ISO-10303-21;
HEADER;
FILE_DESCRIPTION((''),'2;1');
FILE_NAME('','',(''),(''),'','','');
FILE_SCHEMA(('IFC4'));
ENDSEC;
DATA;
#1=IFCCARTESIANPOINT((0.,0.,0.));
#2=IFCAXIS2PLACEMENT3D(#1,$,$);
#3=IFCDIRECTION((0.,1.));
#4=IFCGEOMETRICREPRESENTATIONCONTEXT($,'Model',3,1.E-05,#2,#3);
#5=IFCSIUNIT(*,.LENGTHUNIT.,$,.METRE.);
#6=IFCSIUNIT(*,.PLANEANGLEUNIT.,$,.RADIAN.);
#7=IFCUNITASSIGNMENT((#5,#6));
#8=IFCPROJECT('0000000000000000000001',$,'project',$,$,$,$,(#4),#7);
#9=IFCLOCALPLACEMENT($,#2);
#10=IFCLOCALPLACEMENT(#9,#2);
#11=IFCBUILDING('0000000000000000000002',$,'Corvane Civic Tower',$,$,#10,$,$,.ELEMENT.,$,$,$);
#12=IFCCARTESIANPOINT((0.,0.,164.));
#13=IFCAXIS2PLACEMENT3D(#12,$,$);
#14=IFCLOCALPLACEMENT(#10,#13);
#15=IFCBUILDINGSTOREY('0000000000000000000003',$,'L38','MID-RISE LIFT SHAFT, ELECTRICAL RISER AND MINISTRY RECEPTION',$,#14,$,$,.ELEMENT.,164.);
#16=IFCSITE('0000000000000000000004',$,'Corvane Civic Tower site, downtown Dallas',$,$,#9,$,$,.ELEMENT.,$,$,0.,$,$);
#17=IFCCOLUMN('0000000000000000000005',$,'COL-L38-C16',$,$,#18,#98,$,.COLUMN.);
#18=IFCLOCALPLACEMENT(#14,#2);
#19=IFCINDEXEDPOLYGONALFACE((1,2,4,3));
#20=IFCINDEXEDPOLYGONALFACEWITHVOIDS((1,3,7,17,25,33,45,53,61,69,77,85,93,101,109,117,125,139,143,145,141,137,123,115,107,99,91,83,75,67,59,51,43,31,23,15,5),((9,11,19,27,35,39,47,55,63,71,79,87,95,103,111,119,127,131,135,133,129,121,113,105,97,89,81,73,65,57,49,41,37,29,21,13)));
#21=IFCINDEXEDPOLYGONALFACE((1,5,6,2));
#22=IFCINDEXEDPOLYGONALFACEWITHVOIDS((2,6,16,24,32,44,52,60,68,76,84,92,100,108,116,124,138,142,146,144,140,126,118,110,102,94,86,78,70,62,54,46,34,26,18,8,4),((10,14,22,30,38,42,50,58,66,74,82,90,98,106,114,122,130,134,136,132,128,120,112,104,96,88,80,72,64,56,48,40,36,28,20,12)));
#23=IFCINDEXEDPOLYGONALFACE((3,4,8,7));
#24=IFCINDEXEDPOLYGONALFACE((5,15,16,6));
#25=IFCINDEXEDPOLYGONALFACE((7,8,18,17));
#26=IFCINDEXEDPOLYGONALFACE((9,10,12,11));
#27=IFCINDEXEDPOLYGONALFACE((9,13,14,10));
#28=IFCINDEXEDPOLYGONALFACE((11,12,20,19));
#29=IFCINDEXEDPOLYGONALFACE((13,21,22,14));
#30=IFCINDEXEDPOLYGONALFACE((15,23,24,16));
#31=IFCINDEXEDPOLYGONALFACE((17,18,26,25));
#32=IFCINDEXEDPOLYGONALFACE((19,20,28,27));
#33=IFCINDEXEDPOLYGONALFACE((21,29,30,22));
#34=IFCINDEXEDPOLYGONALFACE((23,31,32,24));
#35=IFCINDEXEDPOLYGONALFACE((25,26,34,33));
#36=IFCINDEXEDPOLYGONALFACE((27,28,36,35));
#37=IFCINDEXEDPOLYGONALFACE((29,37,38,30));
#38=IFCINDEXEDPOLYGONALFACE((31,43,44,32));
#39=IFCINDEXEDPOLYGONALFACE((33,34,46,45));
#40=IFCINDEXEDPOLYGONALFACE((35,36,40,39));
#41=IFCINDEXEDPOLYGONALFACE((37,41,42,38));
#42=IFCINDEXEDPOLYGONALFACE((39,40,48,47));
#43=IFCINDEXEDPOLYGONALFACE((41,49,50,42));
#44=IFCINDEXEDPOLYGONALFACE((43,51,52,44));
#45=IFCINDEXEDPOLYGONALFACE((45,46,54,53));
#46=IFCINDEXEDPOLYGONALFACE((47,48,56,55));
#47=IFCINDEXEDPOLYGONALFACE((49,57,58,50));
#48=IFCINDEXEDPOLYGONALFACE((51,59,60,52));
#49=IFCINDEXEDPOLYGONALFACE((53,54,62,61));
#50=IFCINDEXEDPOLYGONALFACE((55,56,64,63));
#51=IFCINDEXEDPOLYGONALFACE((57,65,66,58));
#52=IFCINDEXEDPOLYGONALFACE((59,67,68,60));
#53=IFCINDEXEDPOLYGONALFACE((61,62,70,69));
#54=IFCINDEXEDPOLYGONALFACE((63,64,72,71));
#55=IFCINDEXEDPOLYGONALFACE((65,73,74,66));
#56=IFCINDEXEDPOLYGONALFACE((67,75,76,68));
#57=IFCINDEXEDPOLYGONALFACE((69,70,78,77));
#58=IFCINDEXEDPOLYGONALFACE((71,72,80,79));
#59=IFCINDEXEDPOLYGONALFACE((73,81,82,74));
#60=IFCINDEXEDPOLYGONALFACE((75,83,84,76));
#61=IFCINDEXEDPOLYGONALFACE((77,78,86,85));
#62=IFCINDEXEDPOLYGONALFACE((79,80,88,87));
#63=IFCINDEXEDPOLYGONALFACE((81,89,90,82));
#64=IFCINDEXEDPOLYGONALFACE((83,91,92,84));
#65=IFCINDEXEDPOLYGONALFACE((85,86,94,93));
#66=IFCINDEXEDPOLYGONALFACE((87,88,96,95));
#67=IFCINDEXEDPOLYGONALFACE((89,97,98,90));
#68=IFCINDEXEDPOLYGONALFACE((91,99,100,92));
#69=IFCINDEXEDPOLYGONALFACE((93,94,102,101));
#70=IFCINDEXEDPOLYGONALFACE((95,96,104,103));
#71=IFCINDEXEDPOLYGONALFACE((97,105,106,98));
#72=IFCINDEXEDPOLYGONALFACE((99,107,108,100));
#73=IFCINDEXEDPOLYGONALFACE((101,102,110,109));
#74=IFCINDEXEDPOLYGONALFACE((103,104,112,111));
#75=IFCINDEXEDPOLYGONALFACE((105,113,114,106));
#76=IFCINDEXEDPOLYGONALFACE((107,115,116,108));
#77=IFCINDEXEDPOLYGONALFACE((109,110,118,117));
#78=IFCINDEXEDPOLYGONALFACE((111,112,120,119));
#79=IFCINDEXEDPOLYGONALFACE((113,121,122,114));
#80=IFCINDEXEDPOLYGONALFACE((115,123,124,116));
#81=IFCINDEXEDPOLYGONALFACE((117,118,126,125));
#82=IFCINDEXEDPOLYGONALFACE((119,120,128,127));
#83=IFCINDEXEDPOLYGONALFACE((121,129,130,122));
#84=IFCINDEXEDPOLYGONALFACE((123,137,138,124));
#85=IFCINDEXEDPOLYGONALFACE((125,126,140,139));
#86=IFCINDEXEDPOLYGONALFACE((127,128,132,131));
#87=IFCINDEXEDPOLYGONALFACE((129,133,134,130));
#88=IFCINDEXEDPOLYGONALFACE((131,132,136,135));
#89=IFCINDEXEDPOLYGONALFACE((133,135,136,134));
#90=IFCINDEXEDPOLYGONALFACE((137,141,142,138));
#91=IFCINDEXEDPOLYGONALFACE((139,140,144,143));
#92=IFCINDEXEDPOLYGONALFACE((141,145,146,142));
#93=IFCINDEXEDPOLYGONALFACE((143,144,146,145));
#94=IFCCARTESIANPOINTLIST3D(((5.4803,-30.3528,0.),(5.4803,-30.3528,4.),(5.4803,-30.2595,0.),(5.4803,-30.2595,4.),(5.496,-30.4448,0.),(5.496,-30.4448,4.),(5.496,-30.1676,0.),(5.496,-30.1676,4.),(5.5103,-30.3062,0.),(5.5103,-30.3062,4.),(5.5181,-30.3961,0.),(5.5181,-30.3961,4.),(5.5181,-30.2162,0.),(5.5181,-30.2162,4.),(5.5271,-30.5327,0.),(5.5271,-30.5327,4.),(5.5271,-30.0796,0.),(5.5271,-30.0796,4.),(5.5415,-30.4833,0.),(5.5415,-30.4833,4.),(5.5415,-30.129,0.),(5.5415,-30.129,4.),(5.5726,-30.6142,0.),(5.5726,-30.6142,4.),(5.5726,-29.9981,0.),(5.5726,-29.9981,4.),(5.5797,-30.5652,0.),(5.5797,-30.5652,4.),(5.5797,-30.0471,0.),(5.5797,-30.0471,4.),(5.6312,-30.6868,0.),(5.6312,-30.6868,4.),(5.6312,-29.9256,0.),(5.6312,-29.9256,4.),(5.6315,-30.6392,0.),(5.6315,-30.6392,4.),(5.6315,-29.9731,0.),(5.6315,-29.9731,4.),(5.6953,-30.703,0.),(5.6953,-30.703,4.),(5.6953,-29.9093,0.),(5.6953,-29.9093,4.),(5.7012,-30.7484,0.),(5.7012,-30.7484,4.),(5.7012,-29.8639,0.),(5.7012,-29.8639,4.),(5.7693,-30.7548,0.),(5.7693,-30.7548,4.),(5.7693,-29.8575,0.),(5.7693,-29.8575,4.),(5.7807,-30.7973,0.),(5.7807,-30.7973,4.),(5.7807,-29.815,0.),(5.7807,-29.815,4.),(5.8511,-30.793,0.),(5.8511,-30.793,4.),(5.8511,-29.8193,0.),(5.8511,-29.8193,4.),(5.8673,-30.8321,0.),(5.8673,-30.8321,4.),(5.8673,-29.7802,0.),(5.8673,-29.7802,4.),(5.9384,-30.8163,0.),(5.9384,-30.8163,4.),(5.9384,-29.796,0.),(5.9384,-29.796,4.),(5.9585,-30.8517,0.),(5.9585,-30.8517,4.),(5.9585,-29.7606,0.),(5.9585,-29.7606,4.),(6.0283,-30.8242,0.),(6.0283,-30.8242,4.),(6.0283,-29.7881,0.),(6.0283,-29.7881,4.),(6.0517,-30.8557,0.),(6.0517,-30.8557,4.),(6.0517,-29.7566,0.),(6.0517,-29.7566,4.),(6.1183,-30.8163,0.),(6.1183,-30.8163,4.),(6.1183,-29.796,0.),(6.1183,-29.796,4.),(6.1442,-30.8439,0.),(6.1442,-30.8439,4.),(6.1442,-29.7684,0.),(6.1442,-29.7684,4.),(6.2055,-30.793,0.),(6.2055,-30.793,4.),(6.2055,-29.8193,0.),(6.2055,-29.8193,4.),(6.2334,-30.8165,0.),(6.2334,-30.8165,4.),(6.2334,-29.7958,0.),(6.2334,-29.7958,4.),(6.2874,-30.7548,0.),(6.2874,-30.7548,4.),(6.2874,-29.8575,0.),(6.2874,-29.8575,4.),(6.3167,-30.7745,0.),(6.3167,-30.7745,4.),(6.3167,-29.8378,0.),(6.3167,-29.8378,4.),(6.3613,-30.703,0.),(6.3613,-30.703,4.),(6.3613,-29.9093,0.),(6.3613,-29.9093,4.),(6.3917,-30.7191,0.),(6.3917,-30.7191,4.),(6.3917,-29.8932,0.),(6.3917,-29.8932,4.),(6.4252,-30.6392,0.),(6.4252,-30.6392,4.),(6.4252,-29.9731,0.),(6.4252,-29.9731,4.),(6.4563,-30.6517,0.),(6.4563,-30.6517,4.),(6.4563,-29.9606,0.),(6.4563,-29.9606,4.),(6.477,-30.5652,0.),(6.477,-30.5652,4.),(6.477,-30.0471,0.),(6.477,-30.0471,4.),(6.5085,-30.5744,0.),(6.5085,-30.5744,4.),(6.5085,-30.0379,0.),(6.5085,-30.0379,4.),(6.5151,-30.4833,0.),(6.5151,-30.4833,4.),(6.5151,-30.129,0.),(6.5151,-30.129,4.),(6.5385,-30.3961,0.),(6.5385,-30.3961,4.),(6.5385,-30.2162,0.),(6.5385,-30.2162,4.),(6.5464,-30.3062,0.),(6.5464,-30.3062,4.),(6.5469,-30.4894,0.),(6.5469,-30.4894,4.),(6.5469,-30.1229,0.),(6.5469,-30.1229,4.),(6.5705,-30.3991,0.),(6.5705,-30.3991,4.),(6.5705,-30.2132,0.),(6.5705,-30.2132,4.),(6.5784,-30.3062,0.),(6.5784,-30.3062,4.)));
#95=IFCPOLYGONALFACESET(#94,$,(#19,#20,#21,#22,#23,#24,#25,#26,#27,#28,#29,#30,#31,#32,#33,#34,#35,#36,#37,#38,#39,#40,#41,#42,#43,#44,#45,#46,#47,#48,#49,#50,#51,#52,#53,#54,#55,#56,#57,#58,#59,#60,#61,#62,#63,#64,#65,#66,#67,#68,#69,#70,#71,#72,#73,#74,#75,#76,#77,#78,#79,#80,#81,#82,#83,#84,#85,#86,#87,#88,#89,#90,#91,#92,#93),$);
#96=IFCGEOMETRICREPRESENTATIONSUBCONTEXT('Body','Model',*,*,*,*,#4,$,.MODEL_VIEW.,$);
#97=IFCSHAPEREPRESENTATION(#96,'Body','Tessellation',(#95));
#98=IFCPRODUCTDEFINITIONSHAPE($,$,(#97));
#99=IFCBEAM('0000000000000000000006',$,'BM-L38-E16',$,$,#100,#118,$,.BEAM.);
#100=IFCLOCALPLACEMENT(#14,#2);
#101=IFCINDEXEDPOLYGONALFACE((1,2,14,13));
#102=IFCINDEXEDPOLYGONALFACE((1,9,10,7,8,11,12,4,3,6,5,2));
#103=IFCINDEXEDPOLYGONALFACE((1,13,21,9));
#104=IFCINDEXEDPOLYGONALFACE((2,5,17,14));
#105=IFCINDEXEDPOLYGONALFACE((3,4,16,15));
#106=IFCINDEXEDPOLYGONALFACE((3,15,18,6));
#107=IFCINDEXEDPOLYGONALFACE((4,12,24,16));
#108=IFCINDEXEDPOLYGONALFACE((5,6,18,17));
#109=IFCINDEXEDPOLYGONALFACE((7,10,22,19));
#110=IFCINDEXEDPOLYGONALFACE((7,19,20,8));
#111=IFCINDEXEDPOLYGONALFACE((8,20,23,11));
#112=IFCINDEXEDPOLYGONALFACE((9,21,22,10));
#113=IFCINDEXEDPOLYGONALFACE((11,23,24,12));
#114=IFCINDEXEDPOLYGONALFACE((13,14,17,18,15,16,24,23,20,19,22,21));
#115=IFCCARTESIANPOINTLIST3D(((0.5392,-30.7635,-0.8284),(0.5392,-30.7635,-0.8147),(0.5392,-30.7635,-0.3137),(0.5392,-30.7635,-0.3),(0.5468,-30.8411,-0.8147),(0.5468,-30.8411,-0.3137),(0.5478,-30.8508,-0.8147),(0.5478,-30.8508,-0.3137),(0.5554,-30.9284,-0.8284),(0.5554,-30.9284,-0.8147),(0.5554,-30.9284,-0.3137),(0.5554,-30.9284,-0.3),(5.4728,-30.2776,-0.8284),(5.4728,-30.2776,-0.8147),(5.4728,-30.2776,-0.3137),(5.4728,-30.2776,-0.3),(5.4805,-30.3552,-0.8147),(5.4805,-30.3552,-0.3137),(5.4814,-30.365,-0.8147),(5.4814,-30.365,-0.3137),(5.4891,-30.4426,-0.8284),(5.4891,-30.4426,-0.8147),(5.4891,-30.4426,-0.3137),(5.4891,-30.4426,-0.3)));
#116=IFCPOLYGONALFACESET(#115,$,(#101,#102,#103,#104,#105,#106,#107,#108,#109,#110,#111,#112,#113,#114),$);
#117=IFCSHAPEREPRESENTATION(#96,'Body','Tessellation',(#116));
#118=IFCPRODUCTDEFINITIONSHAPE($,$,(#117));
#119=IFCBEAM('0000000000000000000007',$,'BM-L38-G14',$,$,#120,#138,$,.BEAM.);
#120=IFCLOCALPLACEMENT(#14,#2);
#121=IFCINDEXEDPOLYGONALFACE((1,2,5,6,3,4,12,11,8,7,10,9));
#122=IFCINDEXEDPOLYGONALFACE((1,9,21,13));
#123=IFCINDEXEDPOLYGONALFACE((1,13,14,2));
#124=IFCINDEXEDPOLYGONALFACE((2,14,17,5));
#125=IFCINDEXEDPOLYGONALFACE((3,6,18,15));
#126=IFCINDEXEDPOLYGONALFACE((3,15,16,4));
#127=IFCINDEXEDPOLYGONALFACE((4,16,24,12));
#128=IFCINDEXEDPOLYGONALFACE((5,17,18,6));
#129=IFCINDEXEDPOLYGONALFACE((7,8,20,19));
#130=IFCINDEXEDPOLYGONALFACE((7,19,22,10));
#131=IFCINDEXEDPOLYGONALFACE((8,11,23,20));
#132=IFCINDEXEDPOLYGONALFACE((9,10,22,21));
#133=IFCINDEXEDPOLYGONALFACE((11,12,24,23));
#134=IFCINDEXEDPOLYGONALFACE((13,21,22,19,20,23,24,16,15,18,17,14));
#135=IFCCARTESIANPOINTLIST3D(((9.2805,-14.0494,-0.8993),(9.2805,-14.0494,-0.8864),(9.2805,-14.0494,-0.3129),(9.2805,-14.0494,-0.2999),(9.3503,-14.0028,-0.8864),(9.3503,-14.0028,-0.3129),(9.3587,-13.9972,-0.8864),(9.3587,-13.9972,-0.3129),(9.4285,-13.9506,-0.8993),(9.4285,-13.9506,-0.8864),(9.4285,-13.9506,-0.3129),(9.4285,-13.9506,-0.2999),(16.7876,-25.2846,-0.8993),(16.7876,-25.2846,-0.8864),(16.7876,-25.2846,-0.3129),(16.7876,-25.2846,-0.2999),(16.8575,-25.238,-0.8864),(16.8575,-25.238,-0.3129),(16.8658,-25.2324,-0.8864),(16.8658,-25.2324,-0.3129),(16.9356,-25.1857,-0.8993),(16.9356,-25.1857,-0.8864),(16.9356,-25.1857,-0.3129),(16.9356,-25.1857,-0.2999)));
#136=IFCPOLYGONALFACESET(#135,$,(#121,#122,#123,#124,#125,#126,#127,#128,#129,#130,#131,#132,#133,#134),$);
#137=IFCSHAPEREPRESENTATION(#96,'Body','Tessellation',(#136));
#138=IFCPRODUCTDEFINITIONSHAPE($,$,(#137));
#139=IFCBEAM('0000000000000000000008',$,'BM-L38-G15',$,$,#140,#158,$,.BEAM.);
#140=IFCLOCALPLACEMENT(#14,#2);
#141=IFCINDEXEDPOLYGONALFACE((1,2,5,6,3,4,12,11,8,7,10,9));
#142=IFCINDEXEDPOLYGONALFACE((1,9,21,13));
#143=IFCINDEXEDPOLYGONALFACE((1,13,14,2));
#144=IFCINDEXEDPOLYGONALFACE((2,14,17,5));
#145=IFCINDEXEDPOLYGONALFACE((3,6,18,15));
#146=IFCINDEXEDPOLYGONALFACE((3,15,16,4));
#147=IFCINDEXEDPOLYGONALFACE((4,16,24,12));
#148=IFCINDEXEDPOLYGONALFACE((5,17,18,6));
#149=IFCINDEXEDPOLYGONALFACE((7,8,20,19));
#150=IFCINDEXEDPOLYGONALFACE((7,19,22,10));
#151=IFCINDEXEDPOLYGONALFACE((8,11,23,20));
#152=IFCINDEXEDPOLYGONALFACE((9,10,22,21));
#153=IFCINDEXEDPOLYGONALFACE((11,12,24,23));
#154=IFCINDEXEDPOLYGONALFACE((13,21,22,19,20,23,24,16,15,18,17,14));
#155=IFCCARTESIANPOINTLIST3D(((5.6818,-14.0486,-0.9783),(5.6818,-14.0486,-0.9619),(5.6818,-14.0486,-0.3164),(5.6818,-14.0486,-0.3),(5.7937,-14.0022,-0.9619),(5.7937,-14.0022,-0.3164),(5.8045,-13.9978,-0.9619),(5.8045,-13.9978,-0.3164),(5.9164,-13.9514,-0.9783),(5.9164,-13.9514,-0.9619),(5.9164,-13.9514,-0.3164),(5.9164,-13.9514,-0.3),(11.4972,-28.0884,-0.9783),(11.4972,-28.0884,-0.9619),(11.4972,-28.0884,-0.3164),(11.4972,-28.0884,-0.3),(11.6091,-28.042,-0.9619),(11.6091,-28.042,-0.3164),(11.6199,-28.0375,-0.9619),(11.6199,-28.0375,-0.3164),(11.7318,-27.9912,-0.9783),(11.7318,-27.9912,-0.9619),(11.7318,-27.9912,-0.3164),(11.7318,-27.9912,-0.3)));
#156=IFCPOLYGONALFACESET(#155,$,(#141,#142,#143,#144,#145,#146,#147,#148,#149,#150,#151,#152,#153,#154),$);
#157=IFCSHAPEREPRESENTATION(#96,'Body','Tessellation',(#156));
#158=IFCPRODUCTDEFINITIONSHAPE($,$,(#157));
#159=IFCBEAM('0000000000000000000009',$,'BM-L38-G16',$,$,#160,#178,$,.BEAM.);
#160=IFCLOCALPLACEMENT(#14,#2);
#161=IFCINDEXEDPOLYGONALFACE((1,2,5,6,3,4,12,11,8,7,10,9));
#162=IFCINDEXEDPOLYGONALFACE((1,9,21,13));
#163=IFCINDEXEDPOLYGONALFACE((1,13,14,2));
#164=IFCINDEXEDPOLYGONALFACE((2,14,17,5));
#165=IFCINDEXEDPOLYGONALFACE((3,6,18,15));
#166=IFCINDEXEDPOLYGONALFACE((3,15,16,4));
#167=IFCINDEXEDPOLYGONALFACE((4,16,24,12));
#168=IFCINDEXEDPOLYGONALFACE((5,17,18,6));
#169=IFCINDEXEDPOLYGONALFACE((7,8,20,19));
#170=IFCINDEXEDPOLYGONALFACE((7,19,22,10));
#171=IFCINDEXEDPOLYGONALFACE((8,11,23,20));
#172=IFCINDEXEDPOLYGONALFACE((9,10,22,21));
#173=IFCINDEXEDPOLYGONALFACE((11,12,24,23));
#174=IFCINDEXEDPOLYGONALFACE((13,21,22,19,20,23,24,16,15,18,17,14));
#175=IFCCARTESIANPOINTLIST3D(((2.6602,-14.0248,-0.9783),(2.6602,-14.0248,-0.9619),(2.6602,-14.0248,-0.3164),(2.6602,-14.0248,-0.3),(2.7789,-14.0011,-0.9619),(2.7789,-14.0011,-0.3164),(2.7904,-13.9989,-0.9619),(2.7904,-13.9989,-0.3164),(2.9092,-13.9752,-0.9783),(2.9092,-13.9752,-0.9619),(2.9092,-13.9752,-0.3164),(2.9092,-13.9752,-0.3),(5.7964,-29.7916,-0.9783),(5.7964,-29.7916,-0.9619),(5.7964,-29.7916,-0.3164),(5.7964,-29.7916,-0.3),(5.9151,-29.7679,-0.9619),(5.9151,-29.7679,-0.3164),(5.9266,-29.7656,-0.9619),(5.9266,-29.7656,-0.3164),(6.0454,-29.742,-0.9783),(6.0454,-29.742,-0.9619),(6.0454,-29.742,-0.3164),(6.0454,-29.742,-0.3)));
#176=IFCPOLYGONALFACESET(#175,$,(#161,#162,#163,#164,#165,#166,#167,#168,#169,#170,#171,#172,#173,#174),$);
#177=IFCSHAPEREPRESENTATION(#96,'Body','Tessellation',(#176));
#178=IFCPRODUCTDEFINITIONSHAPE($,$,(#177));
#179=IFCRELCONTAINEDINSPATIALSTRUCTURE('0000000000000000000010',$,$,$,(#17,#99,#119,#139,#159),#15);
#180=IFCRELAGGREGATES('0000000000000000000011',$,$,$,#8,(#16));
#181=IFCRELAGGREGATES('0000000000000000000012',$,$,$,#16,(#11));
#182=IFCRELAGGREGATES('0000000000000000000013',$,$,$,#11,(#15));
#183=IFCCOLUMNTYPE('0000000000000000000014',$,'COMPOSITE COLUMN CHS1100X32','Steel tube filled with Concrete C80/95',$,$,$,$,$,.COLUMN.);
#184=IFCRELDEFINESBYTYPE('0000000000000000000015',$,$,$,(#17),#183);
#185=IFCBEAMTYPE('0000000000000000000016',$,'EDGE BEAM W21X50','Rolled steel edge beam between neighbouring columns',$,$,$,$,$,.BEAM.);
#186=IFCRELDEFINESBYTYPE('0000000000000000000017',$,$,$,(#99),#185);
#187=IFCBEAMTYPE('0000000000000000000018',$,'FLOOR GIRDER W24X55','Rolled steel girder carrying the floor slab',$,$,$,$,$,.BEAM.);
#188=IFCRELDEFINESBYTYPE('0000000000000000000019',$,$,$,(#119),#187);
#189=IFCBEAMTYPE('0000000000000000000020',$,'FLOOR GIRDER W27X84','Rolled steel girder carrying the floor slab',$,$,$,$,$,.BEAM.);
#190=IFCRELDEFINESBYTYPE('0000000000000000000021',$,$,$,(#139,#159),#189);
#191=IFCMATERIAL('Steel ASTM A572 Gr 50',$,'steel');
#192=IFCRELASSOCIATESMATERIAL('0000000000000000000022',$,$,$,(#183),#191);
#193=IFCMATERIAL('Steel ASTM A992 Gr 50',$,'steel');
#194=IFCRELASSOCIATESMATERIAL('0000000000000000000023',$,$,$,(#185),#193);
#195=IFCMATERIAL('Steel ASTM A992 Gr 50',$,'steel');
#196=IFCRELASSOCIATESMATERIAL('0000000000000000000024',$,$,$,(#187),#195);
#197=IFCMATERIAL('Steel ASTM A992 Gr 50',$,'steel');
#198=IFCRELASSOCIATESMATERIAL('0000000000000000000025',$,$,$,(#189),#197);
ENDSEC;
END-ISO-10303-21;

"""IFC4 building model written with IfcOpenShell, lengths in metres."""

from ifc_helpers import new_model, si_unit, direction, frame, origin, origin_2d, place, context, subcontext, project, spatial, hollow_circle, i_section, extrude, material, material_profile, profile_set, type_object, element, save


model = new_model("IFC4")

# Units and contexts
model_context = context("Model", 3, precision=1e-05, world=origin(), true_north=direction((0.0, 1.0)))
body_context = subcontext(model_context, "Body", "Model", "MODEL_VIEW")
ifc_project = project(units=[si_unit("LENGTHUNIT", "METRE"), si_unit("PLANEANGLEUNIT", "RADIAN")], contexts=[model_context])

# Site, building, storey
site_placement = place(None, origin())
site = spatial("IfcSite", under=ifc_project, at=site_placement, Name="Corvane Civic Tower site, downtown Dallas", CompositionType="ELEMENT", RefElevation=0.0)
building_placement = place(site_placement, origin())
building = spatial("IfcBuilding", under=site, at=building_placement, Name="Corvane Civic Tower", CompositionType="ELEMENT")
storey_placement = place(building_placement, frame((0.0, 0.0, 164.0)))
storey = spatial("IfcBuildingStorey", under=building, at=storey_placement, Name="L38", Description="MID-RISE LIFT SHAFT, ELECTRICAL RISER AND MINISTRY RECEPTION", CompositionType="ELEMENT", Elevation=164.0)

# Column
ifc_material_1 = material(Name="Steel ASTM A572 Gr 50", Category="steel")
ifc_material_profile_1 = material_profile(ifc_material_1, hollow_circle(Radius=0.55, WallThickness=0.032, at=origin_2d()), Name="CHS1100X32")
ifc_profile_set_1 = profile_set([ifc_material_profile_1], Name="Steel ASTM A572 Gr 50")
column_type = type_object("IfcColumnType", Name="COMPOSITE COLUMN CHS1100X32", Description="Steel tube filled with Concrete C80/95", PredefinedType="COLUMN", material=ifc_profile_set_1)
column_placement = place(storey_placement, frame((6.0283, -30.3062, 0.0), z_axis=(0.0, 0.0, 1.0), x_axis=(1.0, 0.0, 0.0)))
element("IfcColumn", 1, at=column_placement, inside=storey, type_object=column_type, Name="COL-L38-C16", PredefinedType="COLUMN", context=body_context, shape_type="SweptSolid", body=[
    extrude(hollow_circle(Radius=0.55, WallThickness=0.032, at=origin_2d()), origin(), (0.0, 0.0, 1.0), 4.0),
])

# Beams
ifc_material_2 = material(Name="Steel ASTM A992 Gr 50", Category="steel")
ifc_material_profile_2 = material_profile(ifc_material_2, i_section(OverallWidth=0.1658, OverallDepth=0.5283, WebThickness=0.0098, FlangeThickness=0.0137, at=origin_2d()), Name="W21X50")
ifc_profile_set_2 = profile_set([ifc_material_profile_2], Name="Steel ASTM A992 Gr 50")
beam_type_1 = type_object("IfcBeamType", Name="EDGE BEAM W21X50", Description="Rolled steel edge beam between neighbouring columns", PredefinedType="BEAM", material=ifc_profile_set_2)
beam_1_placement = place(storey_placement, frame((5.481, -30.3601, -0.5642), z_axis=(-0.995186, -0.098002, 0.0), x_axis=(0.098002, -0.995186, 0.0)))
element("IfcBeam", 2, at=beam_1_placement, inside=storey, type_object=beam_type_1, Name="BM-L38-E16", PredefinedType="BEAM", context=body_context, shape_type="SweptSolid", body=[
    extrude(i_section(OverallWidth=0.1658, OverallDepth=0.5283, WebThickness=0.0098, FlangeThickness=0.0137, at=origin_2d()), origin(), (0.0, 0.0, 1.0), 4.9575),
])
ifc_material_3 = material(Name="Steel ASTM A992 Gr 50", Category="steel")
ifc_material_profile_3 = material_profile(ifc_material_3, i_section(OverallWidth=0.178, OverallDepth=0.5994, WebThickness=0.01, FlangeThickness=0.0129, at=origin_2d()), Name="W24X55")
ifc_profile_set_3 = profile_set([ifc_material_profile_3], Name="Steel ASTM A992 Gr 50")
beam_type_2 = type_object("IfcBeamType", Name="FLOOR GIRDER W24X55", Description="Rolled steel girder carrying the floor slab", PredefinedType="BEAM", material=ifc_profile_set_3)
beam_2_placement = place(storey_placement, frame((9.3545, -14.0, -0.5996), z_axis=(0.555571, -0.831469, 0.0), x_axis=(0.831469, 0.555571, 0.0)))
element("IfcBeam", 3, at=beam_2_placement, inside=storey, type_object=beam_type_2, Name="BM-L38-G14", PredefinedType="BEAM", context=body_context, shape_type="SweptSolid", body=[
    extrude(i_section(OverallWidth=0.178, OverallDepth=0.5994, WebThickness=0.01, FlangeThickness=0.0129, at=origin_2d()), origin(), (0.0, 0.0, 1.0), 13.5125),
])
ifc_material_4 = material(Name="Steel ASTM A992 Gr 50", Category="steel")
ifc_material_profile_4 = material_profile(ifc_material_4, i_section(OverallWidth=0.2539, OverallDepth=0.6782, WebThickness=0.0117, FlangeThickness=0.0164, at=origin_2d()), Name="W27X84")
ifc_profile_set_4 = profile_set([ifc_material_profile_4], Name="Steel ASTM A992 Gr 50")
beam_type_3 = type_object("IfcBeamType", Name="FLOOR GIRDER W27X84", Description="Rolled steel girder carrying the floor slab", PredefinedType="BEAM", material=ifc_profile_set_4)
beam_3_placement = place(storey_placement, frame((5.7991, -14.0, -0.6392), z_axis=(0.382681, -0.923881, 0.0), x_axis=(0.923881, 0.382681, 0.0)))
element("IfcBeam", 4, at=beam_3_placement, inside=storey, type_object=beam_type_3, Name="BM-L38-G15", PredefinedType="BEAM", context=body_context, shape_type="SweptSolid", body=[
    extrude(i_section(OverallWidth=0.2539, OverallDepth=0.6782, WebThickness=0.0117, FlangeThickness=0.0164, at=origin_2d()), origin(), (0.0, 0.0, 1.0), 15.1965),
])
beam_4_placement = place(storey_placement, frame((2.7847, -14.0, -0.6392), z_axis=(0.195091, -0.980785, 0.0), x_axis=(0.980785, 0.195091, 0.0)))
element("IfcBeam", 5, at=beam_4_placement, inside=storey, type_object=beam_type_3, Name="BM-L38-G16", PredefinedType="BEAM", context=body_context, shape_type="SweptSolid", body=[
    extrude(i_section(OverallWidth=0.2539, OverallDepth=0.6782, WebThickness=0.0117, FlangeThickness=0.0164, at=origin_2d()), origin(), (0.0, 0.0, 1.0), 16.0757),
])

save(model, "model.ifc")
